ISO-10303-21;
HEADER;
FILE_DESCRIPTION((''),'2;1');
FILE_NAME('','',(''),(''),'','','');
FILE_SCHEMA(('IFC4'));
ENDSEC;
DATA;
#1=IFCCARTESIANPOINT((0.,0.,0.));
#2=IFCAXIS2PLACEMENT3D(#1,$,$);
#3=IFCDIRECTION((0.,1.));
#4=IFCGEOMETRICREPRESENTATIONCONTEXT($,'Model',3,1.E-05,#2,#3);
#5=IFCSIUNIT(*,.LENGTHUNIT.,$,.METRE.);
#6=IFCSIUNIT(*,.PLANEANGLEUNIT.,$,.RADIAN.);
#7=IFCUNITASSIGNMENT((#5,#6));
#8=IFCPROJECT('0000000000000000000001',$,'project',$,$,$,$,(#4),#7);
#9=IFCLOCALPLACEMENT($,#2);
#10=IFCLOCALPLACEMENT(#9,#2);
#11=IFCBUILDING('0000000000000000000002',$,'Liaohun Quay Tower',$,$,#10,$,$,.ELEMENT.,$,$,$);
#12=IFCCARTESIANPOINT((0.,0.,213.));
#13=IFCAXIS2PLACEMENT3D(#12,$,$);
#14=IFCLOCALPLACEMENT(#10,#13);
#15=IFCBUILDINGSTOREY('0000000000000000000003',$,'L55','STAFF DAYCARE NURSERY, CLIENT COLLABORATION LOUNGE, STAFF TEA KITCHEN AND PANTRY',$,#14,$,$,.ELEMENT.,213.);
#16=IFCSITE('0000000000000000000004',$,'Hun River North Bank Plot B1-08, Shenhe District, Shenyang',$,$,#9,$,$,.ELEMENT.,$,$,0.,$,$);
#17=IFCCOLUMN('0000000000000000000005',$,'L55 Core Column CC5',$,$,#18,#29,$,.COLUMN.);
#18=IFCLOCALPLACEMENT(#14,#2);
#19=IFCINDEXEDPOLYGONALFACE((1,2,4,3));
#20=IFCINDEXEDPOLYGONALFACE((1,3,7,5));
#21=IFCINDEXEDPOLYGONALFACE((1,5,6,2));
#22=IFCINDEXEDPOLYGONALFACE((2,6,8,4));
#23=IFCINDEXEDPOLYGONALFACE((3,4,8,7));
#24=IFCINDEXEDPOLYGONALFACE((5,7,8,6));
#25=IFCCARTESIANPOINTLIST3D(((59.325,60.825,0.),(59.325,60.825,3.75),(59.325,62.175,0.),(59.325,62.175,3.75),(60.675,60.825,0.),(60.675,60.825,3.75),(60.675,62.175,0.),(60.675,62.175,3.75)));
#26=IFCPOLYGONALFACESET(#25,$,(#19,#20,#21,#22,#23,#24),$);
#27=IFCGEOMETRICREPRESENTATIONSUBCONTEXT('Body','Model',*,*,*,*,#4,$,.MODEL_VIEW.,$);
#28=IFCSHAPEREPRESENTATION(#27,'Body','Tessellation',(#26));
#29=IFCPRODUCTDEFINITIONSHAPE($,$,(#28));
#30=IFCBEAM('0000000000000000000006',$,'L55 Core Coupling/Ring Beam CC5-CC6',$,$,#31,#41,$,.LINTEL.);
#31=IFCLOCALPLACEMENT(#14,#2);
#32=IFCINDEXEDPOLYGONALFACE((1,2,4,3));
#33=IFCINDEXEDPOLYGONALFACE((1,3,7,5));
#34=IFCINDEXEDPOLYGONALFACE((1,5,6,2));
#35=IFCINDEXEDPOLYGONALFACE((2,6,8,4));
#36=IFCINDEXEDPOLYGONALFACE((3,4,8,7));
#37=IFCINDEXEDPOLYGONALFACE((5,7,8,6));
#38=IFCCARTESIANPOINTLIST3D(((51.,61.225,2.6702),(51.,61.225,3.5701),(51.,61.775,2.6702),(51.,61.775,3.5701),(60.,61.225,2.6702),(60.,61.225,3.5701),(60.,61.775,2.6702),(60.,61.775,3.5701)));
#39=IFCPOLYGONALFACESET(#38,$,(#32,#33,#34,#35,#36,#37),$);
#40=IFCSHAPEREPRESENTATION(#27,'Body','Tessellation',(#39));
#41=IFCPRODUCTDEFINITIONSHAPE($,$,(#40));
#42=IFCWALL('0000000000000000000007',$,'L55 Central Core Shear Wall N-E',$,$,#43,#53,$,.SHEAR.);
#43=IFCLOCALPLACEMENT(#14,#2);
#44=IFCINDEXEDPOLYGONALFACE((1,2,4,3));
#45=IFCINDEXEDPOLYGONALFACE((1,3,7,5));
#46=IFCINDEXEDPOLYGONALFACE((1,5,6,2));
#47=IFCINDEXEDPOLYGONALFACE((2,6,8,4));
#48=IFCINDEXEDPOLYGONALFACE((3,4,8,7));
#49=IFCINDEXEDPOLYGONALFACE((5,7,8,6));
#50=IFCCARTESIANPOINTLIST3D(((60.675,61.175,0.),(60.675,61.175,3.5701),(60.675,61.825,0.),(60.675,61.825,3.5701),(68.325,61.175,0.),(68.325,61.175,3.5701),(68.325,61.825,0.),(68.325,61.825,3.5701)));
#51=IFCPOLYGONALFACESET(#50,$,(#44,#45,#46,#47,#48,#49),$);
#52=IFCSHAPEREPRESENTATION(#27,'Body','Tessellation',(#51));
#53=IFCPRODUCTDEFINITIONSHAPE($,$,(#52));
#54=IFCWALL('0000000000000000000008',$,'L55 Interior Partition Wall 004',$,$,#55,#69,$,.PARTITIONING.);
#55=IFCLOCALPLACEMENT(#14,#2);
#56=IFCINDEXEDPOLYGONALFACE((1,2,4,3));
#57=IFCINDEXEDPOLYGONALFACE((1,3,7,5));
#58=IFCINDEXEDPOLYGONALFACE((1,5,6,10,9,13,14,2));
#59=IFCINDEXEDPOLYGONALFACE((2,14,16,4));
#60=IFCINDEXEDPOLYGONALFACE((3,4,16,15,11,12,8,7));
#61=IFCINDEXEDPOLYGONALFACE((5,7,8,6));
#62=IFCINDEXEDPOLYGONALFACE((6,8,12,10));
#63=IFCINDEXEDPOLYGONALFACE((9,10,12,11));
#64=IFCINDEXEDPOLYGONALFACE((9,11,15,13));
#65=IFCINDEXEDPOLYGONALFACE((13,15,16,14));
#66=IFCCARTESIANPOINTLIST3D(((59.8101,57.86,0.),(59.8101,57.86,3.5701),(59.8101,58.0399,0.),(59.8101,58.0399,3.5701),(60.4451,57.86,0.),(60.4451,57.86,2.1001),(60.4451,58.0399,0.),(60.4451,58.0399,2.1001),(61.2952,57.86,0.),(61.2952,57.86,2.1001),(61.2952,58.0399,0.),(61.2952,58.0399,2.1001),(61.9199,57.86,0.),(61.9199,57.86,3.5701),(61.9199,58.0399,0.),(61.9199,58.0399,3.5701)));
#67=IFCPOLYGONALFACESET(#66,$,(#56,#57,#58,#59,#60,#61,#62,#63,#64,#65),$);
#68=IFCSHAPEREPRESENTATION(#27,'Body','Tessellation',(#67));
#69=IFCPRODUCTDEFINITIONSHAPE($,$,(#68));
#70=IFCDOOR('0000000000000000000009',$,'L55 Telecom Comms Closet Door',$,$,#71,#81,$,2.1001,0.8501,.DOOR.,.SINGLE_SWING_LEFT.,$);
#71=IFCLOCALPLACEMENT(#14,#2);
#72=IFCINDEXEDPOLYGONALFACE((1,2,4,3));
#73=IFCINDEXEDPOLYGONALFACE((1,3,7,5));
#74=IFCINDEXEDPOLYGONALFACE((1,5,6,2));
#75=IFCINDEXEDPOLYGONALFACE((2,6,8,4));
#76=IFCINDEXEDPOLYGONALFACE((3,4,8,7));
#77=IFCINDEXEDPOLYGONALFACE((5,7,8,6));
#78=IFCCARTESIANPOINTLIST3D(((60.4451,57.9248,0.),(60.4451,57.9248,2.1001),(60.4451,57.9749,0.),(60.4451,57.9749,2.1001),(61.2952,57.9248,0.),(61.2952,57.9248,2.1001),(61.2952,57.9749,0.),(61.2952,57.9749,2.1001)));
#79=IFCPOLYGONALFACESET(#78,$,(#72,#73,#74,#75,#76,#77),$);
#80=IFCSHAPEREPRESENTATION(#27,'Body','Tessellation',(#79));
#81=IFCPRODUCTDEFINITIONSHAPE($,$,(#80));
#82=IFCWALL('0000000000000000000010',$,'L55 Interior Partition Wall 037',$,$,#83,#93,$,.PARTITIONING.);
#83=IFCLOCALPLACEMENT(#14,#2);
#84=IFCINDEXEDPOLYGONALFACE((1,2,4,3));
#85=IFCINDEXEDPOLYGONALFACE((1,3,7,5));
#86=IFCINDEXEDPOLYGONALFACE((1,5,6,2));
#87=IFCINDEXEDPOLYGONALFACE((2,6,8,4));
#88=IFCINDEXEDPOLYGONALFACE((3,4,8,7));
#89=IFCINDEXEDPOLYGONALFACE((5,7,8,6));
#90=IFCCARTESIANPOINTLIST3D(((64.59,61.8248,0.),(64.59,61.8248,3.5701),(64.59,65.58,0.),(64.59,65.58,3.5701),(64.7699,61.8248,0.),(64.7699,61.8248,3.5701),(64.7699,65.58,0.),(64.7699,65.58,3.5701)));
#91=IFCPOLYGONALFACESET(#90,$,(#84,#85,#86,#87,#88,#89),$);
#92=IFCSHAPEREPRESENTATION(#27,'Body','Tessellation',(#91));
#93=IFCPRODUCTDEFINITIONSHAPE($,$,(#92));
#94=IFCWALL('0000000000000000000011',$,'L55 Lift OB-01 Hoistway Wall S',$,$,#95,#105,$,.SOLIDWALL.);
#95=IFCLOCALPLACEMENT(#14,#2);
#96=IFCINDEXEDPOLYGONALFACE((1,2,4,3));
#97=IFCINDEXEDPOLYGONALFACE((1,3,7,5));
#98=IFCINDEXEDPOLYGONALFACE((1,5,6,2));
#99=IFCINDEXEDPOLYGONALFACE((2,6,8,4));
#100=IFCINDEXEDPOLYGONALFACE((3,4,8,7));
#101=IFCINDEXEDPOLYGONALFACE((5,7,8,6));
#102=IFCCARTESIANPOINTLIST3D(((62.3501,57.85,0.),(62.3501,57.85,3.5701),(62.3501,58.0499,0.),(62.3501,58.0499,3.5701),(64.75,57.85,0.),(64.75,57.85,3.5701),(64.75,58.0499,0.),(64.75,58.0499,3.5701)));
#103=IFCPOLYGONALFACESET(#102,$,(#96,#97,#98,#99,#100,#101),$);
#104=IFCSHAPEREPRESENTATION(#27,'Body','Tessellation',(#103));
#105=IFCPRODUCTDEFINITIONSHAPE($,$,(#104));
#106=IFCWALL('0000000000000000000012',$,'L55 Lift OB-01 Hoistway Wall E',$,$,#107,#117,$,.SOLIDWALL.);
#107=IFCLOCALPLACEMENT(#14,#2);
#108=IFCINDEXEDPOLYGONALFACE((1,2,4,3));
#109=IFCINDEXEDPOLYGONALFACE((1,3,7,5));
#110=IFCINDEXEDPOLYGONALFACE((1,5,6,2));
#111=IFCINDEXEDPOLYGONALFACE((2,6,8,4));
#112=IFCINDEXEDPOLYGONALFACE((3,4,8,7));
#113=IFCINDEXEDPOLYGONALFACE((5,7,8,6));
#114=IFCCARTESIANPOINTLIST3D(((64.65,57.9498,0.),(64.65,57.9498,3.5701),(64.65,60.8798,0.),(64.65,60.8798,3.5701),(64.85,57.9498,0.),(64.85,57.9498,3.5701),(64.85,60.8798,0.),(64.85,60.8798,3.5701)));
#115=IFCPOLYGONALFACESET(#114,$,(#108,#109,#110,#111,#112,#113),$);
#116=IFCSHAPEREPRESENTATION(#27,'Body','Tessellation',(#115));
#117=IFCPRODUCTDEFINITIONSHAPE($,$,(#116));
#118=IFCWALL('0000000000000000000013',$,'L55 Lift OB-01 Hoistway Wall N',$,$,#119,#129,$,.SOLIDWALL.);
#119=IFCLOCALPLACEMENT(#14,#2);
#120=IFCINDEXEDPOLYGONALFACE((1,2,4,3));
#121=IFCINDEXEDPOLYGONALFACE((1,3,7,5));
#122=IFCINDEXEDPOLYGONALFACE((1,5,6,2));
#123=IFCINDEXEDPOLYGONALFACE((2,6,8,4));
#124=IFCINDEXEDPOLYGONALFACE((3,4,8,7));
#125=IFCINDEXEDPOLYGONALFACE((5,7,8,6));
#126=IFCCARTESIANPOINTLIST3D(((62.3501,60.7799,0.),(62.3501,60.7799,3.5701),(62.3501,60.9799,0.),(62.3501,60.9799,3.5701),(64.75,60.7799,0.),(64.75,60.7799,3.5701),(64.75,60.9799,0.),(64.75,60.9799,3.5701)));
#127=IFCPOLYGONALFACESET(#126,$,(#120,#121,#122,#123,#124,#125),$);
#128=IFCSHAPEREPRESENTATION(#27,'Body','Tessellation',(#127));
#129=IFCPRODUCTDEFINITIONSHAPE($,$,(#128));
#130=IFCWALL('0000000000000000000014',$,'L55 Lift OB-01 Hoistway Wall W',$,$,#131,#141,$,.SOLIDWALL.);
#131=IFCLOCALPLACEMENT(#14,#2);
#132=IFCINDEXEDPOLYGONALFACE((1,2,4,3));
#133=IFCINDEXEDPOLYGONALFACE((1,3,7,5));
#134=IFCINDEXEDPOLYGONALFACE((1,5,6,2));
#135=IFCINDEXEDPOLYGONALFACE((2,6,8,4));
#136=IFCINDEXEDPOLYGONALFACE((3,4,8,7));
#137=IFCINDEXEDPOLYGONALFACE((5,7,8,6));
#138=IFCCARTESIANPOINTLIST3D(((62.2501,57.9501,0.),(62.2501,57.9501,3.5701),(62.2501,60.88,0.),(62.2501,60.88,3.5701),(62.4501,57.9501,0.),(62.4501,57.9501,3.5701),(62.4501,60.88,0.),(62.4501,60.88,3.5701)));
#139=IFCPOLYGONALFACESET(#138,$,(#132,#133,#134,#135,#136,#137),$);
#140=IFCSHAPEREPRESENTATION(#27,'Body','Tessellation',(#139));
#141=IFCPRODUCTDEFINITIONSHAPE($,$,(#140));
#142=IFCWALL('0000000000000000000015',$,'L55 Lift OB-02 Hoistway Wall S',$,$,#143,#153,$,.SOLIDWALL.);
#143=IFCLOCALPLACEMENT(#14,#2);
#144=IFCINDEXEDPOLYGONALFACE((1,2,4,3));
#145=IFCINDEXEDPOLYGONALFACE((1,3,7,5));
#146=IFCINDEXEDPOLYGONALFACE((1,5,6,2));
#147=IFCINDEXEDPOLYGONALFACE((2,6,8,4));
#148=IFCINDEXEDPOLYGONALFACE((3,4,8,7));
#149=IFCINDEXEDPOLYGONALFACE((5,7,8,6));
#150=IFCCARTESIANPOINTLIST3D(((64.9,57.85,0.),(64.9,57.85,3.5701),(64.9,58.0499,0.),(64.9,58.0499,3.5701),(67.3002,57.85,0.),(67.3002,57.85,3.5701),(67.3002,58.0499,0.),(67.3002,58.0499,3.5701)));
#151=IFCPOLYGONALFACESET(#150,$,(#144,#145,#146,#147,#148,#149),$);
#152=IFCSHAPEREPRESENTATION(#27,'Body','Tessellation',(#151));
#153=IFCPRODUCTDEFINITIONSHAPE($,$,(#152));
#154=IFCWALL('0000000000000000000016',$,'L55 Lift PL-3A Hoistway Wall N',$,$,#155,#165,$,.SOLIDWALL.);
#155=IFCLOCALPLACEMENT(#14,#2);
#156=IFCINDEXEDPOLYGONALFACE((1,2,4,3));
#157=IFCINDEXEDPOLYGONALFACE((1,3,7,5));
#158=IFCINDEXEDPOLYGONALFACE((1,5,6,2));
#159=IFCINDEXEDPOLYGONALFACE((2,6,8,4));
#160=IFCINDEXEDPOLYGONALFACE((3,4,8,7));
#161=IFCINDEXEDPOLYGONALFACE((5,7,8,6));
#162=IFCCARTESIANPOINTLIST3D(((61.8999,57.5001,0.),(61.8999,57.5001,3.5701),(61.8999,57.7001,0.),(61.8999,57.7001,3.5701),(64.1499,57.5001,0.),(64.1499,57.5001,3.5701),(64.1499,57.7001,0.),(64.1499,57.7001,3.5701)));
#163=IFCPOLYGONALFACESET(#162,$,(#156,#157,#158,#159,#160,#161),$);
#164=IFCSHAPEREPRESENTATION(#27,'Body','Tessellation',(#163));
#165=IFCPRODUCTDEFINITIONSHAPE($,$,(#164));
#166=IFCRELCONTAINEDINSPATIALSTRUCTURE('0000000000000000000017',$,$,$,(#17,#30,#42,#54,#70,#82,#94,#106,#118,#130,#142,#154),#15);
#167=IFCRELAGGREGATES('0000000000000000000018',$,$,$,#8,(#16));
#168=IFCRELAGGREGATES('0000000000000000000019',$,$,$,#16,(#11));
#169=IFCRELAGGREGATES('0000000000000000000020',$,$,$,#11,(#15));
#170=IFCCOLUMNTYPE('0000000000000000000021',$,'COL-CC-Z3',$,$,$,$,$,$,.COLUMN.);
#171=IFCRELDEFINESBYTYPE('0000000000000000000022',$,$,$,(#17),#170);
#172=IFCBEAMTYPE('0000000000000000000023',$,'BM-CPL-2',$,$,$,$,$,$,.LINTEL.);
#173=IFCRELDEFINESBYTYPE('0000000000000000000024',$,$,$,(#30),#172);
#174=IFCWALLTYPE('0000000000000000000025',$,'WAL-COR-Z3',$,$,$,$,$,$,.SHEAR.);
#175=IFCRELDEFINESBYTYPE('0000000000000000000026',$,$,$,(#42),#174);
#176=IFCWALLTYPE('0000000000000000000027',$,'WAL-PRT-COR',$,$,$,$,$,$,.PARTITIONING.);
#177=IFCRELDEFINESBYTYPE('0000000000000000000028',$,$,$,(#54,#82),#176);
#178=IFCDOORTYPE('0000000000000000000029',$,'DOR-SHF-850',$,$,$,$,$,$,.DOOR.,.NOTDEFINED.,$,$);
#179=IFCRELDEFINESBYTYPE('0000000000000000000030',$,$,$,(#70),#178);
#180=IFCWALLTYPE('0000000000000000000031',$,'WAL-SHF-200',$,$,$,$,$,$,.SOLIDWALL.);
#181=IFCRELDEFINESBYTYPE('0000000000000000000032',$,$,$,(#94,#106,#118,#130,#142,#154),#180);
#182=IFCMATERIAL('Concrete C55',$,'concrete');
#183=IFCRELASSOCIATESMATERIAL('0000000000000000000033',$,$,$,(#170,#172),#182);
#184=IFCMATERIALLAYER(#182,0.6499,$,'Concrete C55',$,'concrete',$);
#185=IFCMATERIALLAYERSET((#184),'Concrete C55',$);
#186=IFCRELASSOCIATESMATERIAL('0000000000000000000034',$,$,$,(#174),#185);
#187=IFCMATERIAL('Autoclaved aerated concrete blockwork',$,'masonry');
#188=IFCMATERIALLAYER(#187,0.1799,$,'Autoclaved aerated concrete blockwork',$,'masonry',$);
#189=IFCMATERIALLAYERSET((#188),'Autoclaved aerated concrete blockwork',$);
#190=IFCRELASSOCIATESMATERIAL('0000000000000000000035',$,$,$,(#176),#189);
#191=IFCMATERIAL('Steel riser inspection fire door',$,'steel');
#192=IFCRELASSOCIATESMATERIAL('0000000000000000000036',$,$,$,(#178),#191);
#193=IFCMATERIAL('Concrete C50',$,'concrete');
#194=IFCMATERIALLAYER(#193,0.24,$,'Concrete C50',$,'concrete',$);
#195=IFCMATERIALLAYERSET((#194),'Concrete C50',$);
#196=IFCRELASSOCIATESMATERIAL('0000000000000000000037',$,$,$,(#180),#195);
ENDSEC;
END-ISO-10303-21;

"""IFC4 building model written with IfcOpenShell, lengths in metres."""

from ifc_helpers import new_model, si_unit, direction, frame, frame_2d, origin, origin_2d, place, context, subcontext, project, spatial, rectangle, extrude, source, transform, mapped, material, layer, layer_set, material_profile, profile_set, type_object, element, fill, save


model = new_model("IFC4")

# Units and contexts
model_context = context("Model", 3, precision=1e-05, world=origin(), true_north=direction((0.0, 1.0)))
body_context = subcontext(model_context, "Body", "Model", "MODEL_VIEW")
ifc_project = project(units=[si_unit("LENGTHUNIT", "METRE"), si_unit("PLANEANGLEUNIT", "RADIAN")], contexts=[model_context])

# Site, building, storey
site_placement = place(None, origin())
site = spatial("IfcSite", under=ifc_project, at=site_placement, Name="Hun River North Bank Plot B1-08, Shenhe District, Shenyang", CompositionType="ELEMENT", RefElevation=0.0)
building_placement = place(site_placement, origin())
building = spatial("IfcBuilding", under=site, at=building_placement, Name="Liaohun Quay Tower", CompositionType="ELEMENT")
storey_placement = place(building_placement, frame((0.0, 0.0, 213.0)))
storey = spatial("IfcBuildingStorey", under=building, at=storey_placement, Name="L55", Description="STAFF DAYCARE NURSERY, CLIENT COLLABORATION LOUNGE, STAFF TEA KITCHEN AND PANTRY", CompositionType="ELEMENT", Elevation=213.0)

# Column
ifc_material_1 = material(Name="Concrete C55", Category="concrete")
ifc_material_profile_1 = material_profile(ifc_material_1, rectangle(XDim=1.3501, YDim=1.3501, at=origin_2d()), Name="RC1350x1350")
ifc_profile_set_1 = profile_set([ifc_material_profile_1], Name="Concrete C55")
column_type = type_object("IfcColumnType", Name="COL-CC-Z3", PredefinedType="COLUMN", material=ifc_profile_set_1)
shared_shape_1 = source(origin(), body_context, "Body", "SweptSolid", [
    extrude(rectangle(XDim=1.3501, YDim=1.3501, at=origin_2d()), origin(), (0.0, 0.0, 1.0), 3.75),
])
column_placement = place(storey_placement, frame((60.0, 61.5, 0.0), z_axis=(0.0, 0.0, 1.0), x_axis=(1.0, 0.0, 0.0)))
element("IfcColumn", 1, at=column_placement, inside=storey, type_object=column_type, Name="L55 Core Column CC5", PredefinedType="COLUMN", context=body_context, shape_type="MappedRepresentation", body=[
    mapped(shared_shape_1, transform((0.0, 0.0, 0.0), x_axis=(1.0, 0.0, 0.0), y_axis=(0.0, 1.0, 0.0), z_axis=(0.0, 0.0, 1.0), scale=1.0)),
])

# Beam
ifc_material_profile_2 = material_profile(ifc_material_1, rectangle(XDim=0.55, YDim=0.8999, at=origin_2d()), Name="RC550x900")
ifc_profile_set_2 = profile_set([ifc_material_profile_2], Name="Concrete C55")
beam_type = type_object("IfcBeamType", Name="BM-CPL-2", PredefinedType="LINTEL", material=ifc_profile_set_2)
shared_shape_2 = source(origin(), body_context, "Body", "SweptSolid", [
    extrude(rectangle(XDim=0.55, YDim=0.8999, at=origin_2d()), origin(), (0.0, 0.0, 1.0), 9.0),
])
beam_placement = place(storey_placement, frame((60.0, 61.5, 3.1201), z_axis=(-1.0, 0.0, 0.0), x_axis=(0.0, -1.0, 0.0)))
element("IfcBeam", 2, at=beam_placement, inside=storey, type_object=beam_type, Name="L55 Core Coupling/Ring Beam CC5-CC6", PredefinedType="LINTEL", context=body_context, shape_type="MappedRepresentation", body=[
    mapped(shared_shape_2, transform((0.0, 0.0, 0.0), x_axis=(1.0, 0.0, 0.0), y_axis=(0.0, 1.0, 0.0), z_axis=(0.0, 0.0, 1.0), scale=1.0)),
])

# Wall
ifc_layer_1 = layer(ifc_material_1, 0.6499, Name="Concrete C55", Category="concrete")
ifc_layer_set_1 = layer_set([ifc_layer_1], Name="Concrete C55")
wall_type_1 = type_object("IfcWallType", Name="WAL-COR-Z3", PredefinedType="SHEAR", material=ifc_layer_set_1)
wall_1_placement = place(storey_placement, frame((60.675, 61.5, 0.0), z_axis=(0.0, 0.0, 1.0), x_axis=(1.0, 0.0, 0.0)))
element("IfcWall", 3, at=wall_1_placement, inside=storey, type_object=wall_type_1, Name="L55 Central Core Shear Wall N-E", PredefinedType="SHEAR", context=body_context, shape_type="SweptSolid", body=[
    extrude(rectangle(XDim=7.6499, YDim=0.6499, at=frame_2d((3.825, 0.0))), origin(), (0.0, 0.0, 1.0), 3.5701),
])

# Wall, opening, door
ifc_material_2 = material(Name="Autoclaved aerated concrete blockwork", Category="masonry")
ifc_layer_2 = layer(ifc_material_2, 0.1799, Name="Autoclaved aerated concrete blockwork", Category="masonry")
ifc_layer_set_2 = layer_set([ifc_layer_2], Name="Autoclaved aerated concrete blockwork")
wall_type_2 = type_object("IfcWallType", Name="WAL-PRT-COR", PredefinedType="PARTITIONING", material=ifc_layer_set_2)
wall_2_placement = place(storey_placement, frame((59.8101, 57.95, 0.0), z_axis=(0.0, 0.0, 1.0), x_axis=(1.0, 0.0, 0.0)))
wall_2 = element("IfcWall", 4, at=wall_2_placement, inside=storey, type_object=wall_type_2, Name="L55 Interior Partition Wall 004", PredefinedType="PARTITIONING", context=body_context, shape_type="SweptSolid", body=[
    extrude(rectangle(XDim=2.1099, YDim=0.1799, at=frame_2d((1.0549, 0.0))), origin(), (0.0, 0.0, 1.0), 3.5701),
])
shared_shape_3 = source(origin(), body_context, "Body", "SweptSolid", [
    extrude(rectangle(XDim=0.8501, YDim=2.1001, at=frame_2d((0.425, 1.05))), frame((0.0, 0.0999, 0.0), z_axis=(0.0, -1.0, 0.0), x_axis=(1.0, 0.0, 0.0)), (0.0, 0.0, 1.0), 0.2),
])
opening_placement = place(wall_2_placement, frame((0.635, 0.0, 0.0)))
opening = element("IfcOpeningElement", 5, at=opening_placement, cuts=wall_2, PredefinedType="OPENING", context=body_context, shape_type="MappedRepresentation", body=[
    mapped(shared_shape_3, transform((0.0, 0.0, 0.0), x_axis=(1.0, 0.0, 0.0), y_axis=(0.0, 1.0, 0.0), z_axis=(0.0, 0.0, 1.0), scale=1.0)),
])
ifc_material_3 = material(Name="Steel riser inspection fire door", Category="steel")
door_type = type_object("IfcDoorType", Name="DOR-SHF-850", OperationType="NOTDEFINED", PredefinedType="DOOR", material=ifc_material_3)
shared_shape_4 = source(origin(), body_context, "Body", "SweptSolid", [
    extrude(rectangle(XDim=0.8501, YDim=2.1001, at=frame_2d((0.425, 1.05))), frame((0.0, 0.0249, 0.0), z_axis=(0.0, -1.0, 0.0), x_axis=(1.0, 0.0, 0.0)), (0.0, 0.0, 1.0), 0.05),
])
door_placement = place(opening_placement, origin())
door = element("IfcDoor", 6, at=door_placement, inside=storey, type_object=door_type, Name="L55 Telecom Comms Closet Door", OperationType="SINGLE_SWING_LEFT", OverallHeight=2.1001, OverallWidth=0.8501, PredefinedType="DOOR", context=body_context, shape_type="MappedRepresentation", body=[
    mapped(shared_shape_4, transform((0.0, 0.0, 0.0), x_axis=(1.0, 0.0, 0.0), y_axis=(0.0, 1.0, 0.0), z_axis=(0.0, 0.0, 1.0), scale=1.0)),
])
fill(opening, door)

# Walls
wall_3_placement = place(storey_placement, frame((64.6799, 61.825, 0.0), z_axis=(0.0, 0.0, 1.0), x_axis=(0.0, 1.0, 0.0)))
element("IfcWall", 7, at=wall_3_placement, inside=storey, type_object=wall_type_2, Name="L55 Interior Partition Wall 037", PredefinedType="PARTITIONING", context=body_context, shape_type="SweptSolid", body=[
    extrude(rectangle(XDim=3.7551, YDim=0.1799, at=frame_2d((1.8774, 0.0))), origin(), (0.0, 0.0, 1.0), 3.5701),
])
ifc_material_4 = material(Name="Concrete C50", Category="concrete")
ifc_layer_3 = layer(ifc_material_4, 0.24, Name="Concrete C50", Category="concrete")
ifc_layer_set_3 = layer_set([ifc_layer_3], Name="Concrete C50")
wall_type_3 = type_object("IfcWallType", Name="WAL-SHF-200", PredefinedType="SOLIDWALL", material=ifc_layer_set_3)
wall_4_placement = place(storey_placement, frame((62.3501, 57.95, 0.0), z_axis=(0.0, 0.0, 1.0), x_axis=(1.0, 0.0, 0.0)))
element("IfcWall", 8, at=wall_4_placement, inside=storey, type_object=wall_type_3, Name="L55 Lift OB-01 Hoistway Wall S", PredefinedType="SOLIDWALL", context=body_context, shape_type="SweptSolid", body=[
    extrude(rectangle(XDim=2.3999, YDim=0.2, at=frame_2d((1.2, 0.0))), origin(), (0.0, 0.0, 1.0), 3.5701),
])
wall_5_placement = place(storey_placement, frame((64.75, 57.95, 0.0), z_axis=(0.0, 0.0, 1.0), x_axis=(0.0, 1.0, 0.0)))
element("IfcWall", 9, at=wall_5_placement, inside=storey, type_object=wall_type_3, Name="L55 Lift OB-01 Hoistway Wall E", PredefinedType="SOLIDWALL", context=body_context, shape_type="SweptSolid", body=[
    extrude(rectangle(XDim=2.9299, YDim=0.2, at=frame_2d((1.4648, 0.0))), origin(), (0.0, 0.0, 1.0), 3.5701),
])
wall_6_placement = place(storey_placement, frame((64.75, 60.8799, 0.0), z_axis=(0.0, 0.0, 1.0), x_axis=(-1.0, 0.0, 0.0)))
element("IfcWall", 10, at=wall_6_placement, inside=storey, type_object=wall_type_3, Name="L55 Lift OB-01 Hoistway Wall N", PredefinedType="SOLIDWALL", context=body_context, shape_type="SweptSolid", body=[
    extrude(rectangle(XDim=2.3999, YDim=0.2, at=frame_2d((1.2, 0.0))), origin(), (0.0, 0.0, 1.0), 3.5701),
])
wall_7_placement = place(storey_placement, frame((62.3501, 60.8799, 0.0), z_axis=(0.0, 0.0, 1.0), x_axis=(0.0, -1.0, 0.0)))
element("IfcWall", 11, at=wall_7_placement, inside=storey, type_object=wall_type_3, Name="L55 Lift OB-01 Hoistway Wall W", PredefinedType="SOLIDWALL", context=body_context, shape_type="SweptSolid", body=[
    extrude(rectangle(XDim=2.9299, YDim=0.2, at=frame_2d((1.4648, 0.0))), origin(), (0.0, 0.0, 1.0), 3.5701),
])
wall_8_placement = place(storey_placement, frame((64.8999, 57.95, 0.0), z_axis=(0.0, 0.0, 1.0), x_axis=(1.0, 0.0, 0.0)))
element("IfcWall", 12, at=wall_8_placement, inside=storey, type_object=wall_type_3, Name="L55 Lift OB-02 Hoistway Wall S", PredefinedType="SOLIDWALL", context=body_context, shape_type="SweptSolid", body=[
    extrude(rectangle(XDim=2.4001, YDim=0.2, at=frame_2d((1.2002, 0.0))), origin(), (0.0, 0.0, 1.0), 3.5701),
])
wall_9_placement = place(storey_placement, frame((64.1499, 57.6001, 0.0), z_axis=(0.0, 0.0, 1.0), x_axis=(-1.0, 0.0, 0.0)))
element("IfcWall", 13, at=wall_9_placement, inside=storey, type_object=wall_type_3, Name="L55 Lift PL-3A Hoistway Wall N", PredefinedType="SOLIDWALL", context=body_context, shape_type="SweptSolid", body=[
    extrude(rectangle(XDim=2.25, YDim=0.2, at=frame_2d((1.125, 0.0))), origin(), (0.0, 0.0, 1.0), 3.5701),
])

save(model, "model.ifc")
